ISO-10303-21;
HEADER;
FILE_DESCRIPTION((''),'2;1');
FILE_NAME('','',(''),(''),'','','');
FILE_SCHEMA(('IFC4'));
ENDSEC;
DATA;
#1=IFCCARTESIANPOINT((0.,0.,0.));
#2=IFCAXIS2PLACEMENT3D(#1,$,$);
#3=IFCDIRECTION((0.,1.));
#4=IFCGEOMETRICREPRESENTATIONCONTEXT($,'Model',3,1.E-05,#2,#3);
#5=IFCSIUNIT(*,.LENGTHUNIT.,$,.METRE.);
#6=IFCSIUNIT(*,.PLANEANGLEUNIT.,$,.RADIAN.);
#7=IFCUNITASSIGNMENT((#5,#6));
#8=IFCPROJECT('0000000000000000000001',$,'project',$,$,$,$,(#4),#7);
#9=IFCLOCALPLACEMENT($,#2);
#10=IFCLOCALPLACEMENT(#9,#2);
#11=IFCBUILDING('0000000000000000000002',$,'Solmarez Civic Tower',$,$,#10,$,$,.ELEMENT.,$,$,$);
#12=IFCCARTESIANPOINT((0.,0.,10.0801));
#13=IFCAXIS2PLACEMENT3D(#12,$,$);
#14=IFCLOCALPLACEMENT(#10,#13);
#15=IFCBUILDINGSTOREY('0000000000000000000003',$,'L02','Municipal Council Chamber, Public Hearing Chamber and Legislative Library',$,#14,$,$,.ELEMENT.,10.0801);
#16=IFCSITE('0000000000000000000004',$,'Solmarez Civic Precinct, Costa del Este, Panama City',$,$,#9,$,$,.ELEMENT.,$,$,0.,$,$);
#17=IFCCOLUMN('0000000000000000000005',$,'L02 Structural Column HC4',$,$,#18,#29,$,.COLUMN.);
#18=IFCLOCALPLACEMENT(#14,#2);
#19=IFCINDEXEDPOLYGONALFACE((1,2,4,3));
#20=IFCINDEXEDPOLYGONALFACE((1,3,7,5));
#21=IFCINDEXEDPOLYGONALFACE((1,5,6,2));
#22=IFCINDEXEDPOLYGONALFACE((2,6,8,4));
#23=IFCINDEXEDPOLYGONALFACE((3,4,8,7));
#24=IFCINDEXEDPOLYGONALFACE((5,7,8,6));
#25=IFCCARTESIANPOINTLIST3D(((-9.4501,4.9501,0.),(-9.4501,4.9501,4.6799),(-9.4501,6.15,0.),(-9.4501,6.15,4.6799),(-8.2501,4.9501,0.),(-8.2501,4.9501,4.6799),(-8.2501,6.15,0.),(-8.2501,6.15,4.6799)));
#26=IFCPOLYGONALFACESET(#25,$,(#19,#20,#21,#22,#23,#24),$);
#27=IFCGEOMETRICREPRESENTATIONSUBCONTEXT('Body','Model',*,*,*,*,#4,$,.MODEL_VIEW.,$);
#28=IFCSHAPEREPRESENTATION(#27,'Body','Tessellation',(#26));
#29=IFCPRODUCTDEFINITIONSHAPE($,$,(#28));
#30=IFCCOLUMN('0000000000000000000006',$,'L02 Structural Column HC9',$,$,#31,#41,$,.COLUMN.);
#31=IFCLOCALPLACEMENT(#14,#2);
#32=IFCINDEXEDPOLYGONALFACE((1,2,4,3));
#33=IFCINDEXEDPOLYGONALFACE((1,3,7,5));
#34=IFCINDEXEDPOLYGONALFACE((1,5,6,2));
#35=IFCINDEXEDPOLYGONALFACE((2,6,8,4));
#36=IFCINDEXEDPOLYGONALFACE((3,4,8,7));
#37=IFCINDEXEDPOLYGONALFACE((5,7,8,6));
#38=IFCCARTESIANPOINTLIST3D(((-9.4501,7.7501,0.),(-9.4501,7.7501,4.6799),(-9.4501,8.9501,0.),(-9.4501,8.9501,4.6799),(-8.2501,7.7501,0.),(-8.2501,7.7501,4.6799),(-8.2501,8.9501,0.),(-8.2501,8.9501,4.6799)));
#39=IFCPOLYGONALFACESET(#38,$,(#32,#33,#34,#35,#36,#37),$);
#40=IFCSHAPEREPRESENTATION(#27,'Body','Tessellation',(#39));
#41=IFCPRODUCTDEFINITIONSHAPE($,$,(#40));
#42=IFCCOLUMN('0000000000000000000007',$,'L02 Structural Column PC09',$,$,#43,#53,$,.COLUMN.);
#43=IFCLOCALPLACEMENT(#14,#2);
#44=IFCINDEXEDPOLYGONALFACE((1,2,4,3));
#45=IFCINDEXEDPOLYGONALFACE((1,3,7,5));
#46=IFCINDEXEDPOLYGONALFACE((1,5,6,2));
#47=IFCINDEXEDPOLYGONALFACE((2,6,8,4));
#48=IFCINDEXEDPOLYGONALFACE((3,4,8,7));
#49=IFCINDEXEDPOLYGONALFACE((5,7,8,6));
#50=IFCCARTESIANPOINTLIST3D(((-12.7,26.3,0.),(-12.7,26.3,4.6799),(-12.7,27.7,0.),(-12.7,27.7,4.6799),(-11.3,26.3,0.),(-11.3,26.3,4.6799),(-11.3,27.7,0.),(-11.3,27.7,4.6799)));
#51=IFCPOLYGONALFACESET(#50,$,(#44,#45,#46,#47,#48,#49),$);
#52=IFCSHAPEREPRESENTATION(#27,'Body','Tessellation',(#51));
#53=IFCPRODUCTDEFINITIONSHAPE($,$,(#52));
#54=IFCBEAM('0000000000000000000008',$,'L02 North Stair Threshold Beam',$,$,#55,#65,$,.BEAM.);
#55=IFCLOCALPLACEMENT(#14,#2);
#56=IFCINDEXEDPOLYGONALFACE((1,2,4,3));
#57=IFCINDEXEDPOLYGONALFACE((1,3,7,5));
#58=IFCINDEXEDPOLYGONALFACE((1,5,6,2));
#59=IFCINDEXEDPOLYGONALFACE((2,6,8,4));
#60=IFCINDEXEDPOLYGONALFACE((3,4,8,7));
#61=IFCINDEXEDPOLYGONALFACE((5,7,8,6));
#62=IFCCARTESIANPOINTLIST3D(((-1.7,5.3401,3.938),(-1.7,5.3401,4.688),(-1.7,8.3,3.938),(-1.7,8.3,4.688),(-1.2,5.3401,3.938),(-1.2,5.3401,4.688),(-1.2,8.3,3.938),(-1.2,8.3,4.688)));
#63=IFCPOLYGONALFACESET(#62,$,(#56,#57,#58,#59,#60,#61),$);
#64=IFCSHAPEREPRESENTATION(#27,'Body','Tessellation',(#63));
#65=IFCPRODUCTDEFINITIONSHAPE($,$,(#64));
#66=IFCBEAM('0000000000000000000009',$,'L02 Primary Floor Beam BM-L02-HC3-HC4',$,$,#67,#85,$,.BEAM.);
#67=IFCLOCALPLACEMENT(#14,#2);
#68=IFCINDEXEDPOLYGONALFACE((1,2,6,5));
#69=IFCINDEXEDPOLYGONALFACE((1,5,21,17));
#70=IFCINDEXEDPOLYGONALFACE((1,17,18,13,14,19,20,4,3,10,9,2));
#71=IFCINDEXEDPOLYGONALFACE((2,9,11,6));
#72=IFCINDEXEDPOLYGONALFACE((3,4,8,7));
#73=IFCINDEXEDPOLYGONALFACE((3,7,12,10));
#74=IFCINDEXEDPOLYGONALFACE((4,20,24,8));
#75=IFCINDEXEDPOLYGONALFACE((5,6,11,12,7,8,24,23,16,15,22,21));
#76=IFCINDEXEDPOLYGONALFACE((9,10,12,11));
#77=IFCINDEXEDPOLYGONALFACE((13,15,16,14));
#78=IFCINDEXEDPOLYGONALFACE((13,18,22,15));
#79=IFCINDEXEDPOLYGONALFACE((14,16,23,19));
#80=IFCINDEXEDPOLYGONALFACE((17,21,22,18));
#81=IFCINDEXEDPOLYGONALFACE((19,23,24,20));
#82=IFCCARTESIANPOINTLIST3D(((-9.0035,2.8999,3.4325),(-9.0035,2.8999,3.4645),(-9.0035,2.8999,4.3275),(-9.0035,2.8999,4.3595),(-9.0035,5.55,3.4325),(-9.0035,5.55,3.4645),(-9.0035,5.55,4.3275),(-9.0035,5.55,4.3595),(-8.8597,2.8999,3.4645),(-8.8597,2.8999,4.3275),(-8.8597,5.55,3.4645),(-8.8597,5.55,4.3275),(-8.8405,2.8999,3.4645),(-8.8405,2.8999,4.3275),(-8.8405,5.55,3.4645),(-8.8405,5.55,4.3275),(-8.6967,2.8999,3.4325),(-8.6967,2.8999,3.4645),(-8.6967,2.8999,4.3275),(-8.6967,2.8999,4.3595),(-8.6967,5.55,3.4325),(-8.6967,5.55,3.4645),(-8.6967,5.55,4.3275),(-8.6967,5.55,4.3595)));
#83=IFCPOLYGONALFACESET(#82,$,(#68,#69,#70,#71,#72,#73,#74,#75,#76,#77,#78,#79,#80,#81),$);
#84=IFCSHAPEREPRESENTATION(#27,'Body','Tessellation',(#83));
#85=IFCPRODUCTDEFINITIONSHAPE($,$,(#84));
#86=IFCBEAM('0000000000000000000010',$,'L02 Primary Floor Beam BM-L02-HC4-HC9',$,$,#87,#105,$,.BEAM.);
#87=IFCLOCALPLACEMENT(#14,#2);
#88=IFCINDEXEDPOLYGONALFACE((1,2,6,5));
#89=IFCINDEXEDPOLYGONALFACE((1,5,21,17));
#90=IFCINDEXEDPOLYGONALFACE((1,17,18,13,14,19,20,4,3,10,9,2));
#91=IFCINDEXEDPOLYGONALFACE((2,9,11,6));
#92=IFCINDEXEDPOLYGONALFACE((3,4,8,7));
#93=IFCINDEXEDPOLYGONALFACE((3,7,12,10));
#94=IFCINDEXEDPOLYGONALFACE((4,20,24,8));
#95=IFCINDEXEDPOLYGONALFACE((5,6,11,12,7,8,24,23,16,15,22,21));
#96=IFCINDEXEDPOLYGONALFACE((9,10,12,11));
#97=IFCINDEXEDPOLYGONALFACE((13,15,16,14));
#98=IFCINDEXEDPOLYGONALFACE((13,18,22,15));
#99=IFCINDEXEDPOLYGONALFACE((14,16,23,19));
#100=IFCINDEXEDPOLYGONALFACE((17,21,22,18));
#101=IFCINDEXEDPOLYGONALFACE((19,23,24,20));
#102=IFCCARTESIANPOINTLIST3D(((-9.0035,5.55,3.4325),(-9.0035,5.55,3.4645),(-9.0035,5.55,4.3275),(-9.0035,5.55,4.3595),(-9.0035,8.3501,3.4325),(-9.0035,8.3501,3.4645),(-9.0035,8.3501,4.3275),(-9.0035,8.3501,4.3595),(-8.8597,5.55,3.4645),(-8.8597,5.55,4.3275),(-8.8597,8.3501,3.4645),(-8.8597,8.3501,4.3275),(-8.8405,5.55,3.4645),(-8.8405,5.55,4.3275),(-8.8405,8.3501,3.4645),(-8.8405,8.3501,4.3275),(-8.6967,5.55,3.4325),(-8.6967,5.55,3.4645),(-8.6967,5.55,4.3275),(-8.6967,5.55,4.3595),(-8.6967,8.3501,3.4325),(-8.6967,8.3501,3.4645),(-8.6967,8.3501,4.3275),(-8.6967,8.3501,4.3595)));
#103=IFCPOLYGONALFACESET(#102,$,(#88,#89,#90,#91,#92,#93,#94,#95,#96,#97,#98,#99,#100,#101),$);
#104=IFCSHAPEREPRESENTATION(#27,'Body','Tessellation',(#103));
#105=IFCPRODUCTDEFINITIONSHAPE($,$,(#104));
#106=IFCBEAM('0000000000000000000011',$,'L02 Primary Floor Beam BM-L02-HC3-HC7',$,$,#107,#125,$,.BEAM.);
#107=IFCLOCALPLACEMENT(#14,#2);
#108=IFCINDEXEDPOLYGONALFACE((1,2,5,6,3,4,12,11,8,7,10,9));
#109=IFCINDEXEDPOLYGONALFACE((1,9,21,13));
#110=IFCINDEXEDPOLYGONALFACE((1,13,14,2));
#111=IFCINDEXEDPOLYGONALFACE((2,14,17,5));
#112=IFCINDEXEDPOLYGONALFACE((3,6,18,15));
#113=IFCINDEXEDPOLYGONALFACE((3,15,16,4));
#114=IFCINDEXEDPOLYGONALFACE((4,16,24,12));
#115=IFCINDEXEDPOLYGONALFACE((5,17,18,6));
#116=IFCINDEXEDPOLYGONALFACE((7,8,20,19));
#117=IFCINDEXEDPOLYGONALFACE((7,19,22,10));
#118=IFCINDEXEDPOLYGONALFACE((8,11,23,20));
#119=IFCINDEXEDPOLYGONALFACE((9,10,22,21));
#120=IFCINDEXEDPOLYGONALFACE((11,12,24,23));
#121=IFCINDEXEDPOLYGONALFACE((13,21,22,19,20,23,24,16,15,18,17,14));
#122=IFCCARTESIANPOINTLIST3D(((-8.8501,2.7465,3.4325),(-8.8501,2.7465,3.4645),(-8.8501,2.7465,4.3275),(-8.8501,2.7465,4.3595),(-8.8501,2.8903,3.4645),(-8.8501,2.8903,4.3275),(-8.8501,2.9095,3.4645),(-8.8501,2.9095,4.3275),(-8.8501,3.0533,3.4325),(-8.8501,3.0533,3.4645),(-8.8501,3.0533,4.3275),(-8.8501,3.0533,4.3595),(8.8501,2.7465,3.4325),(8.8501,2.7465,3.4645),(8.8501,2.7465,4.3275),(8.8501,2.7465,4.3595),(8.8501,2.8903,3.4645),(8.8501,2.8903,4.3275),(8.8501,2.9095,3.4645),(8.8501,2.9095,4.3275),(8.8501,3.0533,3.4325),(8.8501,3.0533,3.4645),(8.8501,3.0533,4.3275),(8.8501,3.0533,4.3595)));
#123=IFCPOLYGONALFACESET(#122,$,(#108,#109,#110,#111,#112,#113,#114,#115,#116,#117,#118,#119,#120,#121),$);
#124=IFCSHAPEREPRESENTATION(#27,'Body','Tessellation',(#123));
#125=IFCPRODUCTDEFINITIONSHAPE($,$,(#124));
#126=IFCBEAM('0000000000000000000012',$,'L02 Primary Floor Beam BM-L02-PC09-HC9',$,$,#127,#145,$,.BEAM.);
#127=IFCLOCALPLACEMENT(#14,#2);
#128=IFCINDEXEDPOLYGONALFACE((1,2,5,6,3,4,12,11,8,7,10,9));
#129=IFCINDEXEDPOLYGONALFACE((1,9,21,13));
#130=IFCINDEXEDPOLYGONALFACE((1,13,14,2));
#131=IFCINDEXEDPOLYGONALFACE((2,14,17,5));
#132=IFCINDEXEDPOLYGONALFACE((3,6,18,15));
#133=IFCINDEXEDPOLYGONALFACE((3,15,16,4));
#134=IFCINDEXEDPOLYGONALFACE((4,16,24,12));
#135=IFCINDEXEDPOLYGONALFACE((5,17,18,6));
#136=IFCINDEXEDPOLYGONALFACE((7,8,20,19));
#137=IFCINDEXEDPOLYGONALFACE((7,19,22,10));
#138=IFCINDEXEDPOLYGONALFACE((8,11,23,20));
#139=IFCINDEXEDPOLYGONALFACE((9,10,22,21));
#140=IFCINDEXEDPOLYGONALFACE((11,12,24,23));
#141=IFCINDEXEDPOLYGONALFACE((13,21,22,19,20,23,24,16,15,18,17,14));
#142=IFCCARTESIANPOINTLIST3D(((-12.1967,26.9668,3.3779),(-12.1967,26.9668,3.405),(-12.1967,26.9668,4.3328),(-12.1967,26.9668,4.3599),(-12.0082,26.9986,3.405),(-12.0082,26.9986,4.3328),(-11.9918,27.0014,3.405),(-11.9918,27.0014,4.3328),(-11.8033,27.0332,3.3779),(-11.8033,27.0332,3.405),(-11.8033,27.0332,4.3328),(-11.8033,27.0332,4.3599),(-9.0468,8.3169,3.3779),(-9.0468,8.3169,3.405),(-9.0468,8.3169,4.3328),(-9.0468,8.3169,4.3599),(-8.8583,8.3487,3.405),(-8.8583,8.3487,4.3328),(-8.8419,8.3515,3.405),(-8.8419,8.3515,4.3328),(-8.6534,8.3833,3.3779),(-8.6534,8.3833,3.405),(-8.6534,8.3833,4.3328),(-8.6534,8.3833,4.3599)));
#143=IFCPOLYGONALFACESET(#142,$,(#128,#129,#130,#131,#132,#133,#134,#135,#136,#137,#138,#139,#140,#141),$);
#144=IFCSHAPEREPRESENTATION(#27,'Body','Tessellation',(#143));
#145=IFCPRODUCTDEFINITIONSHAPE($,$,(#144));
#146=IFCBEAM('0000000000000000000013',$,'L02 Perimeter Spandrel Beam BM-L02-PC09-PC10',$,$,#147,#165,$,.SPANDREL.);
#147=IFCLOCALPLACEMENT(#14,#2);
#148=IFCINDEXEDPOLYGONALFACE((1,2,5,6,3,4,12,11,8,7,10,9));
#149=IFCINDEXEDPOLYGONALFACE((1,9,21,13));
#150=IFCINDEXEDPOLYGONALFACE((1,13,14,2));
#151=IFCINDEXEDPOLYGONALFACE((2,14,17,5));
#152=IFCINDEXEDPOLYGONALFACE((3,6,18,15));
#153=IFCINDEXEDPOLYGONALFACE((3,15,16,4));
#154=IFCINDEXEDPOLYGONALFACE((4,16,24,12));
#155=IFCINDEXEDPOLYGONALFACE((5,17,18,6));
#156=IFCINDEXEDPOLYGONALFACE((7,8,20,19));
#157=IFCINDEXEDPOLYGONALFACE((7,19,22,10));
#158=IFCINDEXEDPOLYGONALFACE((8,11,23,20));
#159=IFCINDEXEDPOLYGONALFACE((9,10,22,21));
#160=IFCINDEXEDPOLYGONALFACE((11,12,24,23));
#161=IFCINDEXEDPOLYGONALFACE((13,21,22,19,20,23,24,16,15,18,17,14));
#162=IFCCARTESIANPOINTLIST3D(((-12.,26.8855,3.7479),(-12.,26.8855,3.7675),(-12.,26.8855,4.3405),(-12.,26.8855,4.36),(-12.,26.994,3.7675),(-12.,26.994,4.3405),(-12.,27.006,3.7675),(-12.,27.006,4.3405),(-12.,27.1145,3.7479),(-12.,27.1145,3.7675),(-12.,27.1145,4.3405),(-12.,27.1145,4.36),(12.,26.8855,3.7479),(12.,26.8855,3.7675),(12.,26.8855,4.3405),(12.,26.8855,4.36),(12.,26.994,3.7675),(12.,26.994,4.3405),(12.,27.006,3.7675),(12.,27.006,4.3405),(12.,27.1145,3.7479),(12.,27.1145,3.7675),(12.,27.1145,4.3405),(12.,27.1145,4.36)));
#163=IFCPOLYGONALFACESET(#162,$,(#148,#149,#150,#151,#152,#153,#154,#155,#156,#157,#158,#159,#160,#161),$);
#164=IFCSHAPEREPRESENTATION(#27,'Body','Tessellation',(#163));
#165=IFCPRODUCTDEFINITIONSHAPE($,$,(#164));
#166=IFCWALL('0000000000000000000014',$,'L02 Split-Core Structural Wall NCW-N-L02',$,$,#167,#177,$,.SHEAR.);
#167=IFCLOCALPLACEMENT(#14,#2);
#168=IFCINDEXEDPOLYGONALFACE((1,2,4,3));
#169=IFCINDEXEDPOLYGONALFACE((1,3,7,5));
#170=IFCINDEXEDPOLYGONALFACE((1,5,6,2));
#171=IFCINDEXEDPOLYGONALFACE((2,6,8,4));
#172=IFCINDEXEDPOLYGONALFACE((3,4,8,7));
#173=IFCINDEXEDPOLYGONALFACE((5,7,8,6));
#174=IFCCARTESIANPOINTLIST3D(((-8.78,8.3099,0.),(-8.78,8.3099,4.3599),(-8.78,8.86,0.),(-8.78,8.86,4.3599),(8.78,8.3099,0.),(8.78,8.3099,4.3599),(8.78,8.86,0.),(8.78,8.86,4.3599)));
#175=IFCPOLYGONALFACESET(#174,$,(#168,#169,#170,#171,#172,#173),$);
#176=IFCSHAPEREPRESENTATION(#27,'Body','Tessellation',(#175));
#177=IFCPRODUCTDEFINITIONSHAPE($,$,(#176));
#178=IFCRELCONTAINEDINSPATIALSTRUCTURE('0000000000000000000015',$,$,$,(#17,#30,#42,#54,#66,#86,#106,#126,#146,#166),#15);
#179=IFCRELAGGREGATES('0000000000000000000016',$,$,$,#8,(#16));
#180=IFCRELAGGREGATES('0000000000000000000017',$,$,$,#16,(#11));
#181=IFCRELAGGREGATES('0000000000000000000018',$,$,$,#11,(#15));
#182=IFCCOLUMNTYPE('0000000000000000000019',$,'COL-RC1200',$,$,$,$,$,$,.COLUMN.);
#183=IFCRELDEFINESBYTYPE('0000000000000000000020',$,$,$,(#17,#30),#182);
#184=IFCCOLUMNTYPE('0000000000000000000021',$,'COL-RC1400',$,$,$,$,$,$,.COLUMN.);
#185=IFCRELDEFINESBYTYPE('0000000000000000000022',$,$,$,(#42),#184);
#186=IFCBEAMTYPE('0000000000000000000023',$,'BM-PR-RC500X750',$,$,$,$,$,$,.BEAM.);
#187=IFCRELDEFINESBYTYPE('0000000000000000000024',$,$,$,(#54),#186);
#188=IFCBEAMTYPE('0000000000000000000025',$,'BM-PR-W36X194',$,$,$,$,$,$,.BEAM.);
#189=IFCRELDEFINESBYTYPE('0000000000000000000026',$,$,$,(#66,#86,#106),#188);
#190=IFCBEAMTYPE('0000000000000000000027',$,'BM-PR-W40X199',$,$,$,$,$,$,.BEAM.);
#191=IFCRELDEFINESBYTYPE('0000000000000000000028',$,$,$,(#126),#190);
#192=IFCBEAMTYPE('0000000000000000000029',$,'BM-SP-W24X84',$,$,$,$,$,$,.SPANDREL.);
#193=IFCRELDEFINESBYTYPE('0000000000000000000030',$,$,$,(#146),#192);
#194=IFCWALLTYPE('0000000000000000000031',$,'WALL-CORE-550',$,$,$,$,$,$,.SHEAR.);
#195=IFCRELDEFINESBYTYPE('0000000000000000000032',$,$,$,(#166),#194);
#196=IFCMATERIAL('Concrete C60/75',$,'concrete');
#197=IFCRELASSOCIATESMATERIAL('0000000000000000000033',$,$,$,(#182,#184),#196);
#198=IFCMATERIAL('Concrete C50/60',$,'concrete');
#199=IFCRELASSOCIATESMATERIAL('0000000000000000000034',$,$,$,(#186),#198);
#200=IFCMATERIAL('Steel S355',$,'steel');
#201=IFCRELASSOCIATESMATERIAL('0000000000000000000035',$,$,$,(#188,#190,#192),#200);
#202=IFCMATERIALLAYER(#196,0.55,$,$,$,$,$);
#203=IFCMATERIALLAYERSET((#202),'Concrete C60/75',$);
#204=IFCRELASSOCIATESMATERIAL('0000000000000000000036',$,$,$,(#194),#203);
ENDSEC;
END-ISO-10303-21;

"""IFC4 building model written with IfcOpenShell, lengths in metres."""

from ifc_helpers import new_model, si_unit, direction, frame, frame_2d, origin, origin_2d, place, context, subcontext, project, spatial, rectangle, i_section, extrude, material, layer, layer_set, material_profile, profile_set, type_object, element, save


model = new_model("IFC4")

# Units and contexts
model_context = context("Model", 3, precision=1e-05, world=origin(), true_north=direction((0.0, 1.0)))
body_context = subcontext(model_context, "Body", "Model", "MODEL_VIEW")
ifc_project = project(units=[si_unit("LENGTHUNIT", "METRE"), si_unit("PLANEANGLEUNIT", "RADIAN")], contexts=[model_context])

# Site, building, storey
site_placement = place(None, origin())
site = spatial("IfcSite", under=ifc_project, at=site_placement, Name="Solmarez Civic Precinct, Costa del Este, Panama City", CompositionType="ELEMENT", RefElevation=0.0)
building_placement = place(site_placement, origin())
building = spatial("IfcBuilding", under=site, at=building_placement, Name="Solmarez Civic Tower", CompositionType="ELEMENT")
storey_placement = place(building_placement, frame((0.0, 0.0, 10.0801)))
storey = spatial("IfcBuildingStorey", under=building, at=storey_placement, Name="L02", Description="Municipal Council Chamber, Public Hearing Chamber and Legislative Library", CompositionType="ELEMENT", Elevation=10.0801)

# Columns
ifc_material_1 = material(Name="Concrete C60/75", Category="concrete")
ifc_material_profile_1 = material_profile(ifc_material_1, rectangle(XDim=1.2, YDim=1.2, at=origin_2d()), Name="RC1200X1200")
ifc_profile_set_1 = profile_set([ifc_material_profile_1], Name="Concrete C60/75")
column_type_1 = type_object("IfcColumnType", Name="COL-RC1200", PredefinedType="COLUMN", material=ifc_profile_set_1)
for number, where, z_axis, x_axis, name in (
    (1, (-8.8501, 5.55, 0.0), (0.0, 0.0, 1.0), (1.0, 0.0, 0.0), "L02 Structural Column HC4"),
    (2, (-8.8501, 8.3501, 0.0), (0.0, 0.0, 1.0), (1.0, 0.0, 0.0), "L02 Structural Column HC9"),
):
    element("IfcColumn", number, at=place(storey_placement, frame(where, z_axis=z_axis, x_axis=x_axis)), inside=storey, type_object=column_type_1, Name=name, PredefinedType="COLUMN", context=body_context, shape_type="SweptSolid", body=[
        extrude(rectangle(XDim=1.2, YDim=1.2, at=origin_2d()), origin(), (0.0, 0.0, 1.0), 4.6799),
    ])
ifc_material_profile_2 = material_profile(ifc_material_1, rectangle(XDim=1.3999, YDim=1.3999, at=origin_2d()), Name="RC1400X1400")
ifc_profile_set_2 = profile_set([ifc_material_profile_2], Name="Concrete C60/75")
column_type_2 = type_object("IfcColumnType", Name="COL-RC1400", PredefinedType="COLUMN", material=ifc_profile_set_2)
column_placement = place(storey_placement, frame((-12.0, 27.0, 0.0), z_axis=(0.0, 0.0, 1.0), x_axis=(1.0, 0.0, 0.0)))
element("IfcColumn", 3, at=column_placement, inside=storey, type_object=column_type_2, Name="L02 Structural Column PC09", PredefinedType="COLUMN", context=body_context, shape_type="SweptSolid", body=[
    extrude(rectangle(XDim=1.3999, YDim=1.3999, at=origin_2d()), origin(), (0.0, 0.0, 1.0), 4.6799),
])

# Beams
ifc_material_2 = material(Name="Concrete C50/60", Category="concrete")
ifc_material_profile_3 = material_profile(ifc_material_2, rectangle(XDim=0.5, YDim=0.75, at=origin_2d()), Name="RC500X750")
ifc_profile_set_3 = profile_set([ifc_material_profile_3], Name="Concrete C50/60")
beam_type_1 = type_object("IfcBeamType", Name="BM-PR-RC500X750", PredefinedType="BEAM", material=ifc_profile_set_3)
beam_1_placement = place(storey_placement, frame((-1.45, 5.3401, 4.313), z_axis=(0.0, 1.0, 0.0), x_axis=(-1.0, 0.0, 0.0)))
element("IfcBeam", 4, at=beam_1_placement, inside=storey, type_object=beam_type_1, Name="L02 North Stair Threshold Beam", PredefinedType="BEAM", context=body_context, shape_type="SweptSolid", body=[
    extrude(rectangle(XDim=0.5, YDim=0.75, at=origin_2d()), origin(), (0.0, 0.0, 1.0), 2.96),
])
ifc_material_3 = material(Name="Steel S355", Category="steel")
ifc_material_profile_4 = material_profile(ifc_material_3, i_section(OverallWidth=0.3069, OverallDepth=0.927, WebThickness=0.0193, FlangeThickness=0.032, at=origin_2d()), Name="W36X194")
ifc_profile_set_4 = profile_set([ifc_material_profile_4], Name="Steel S355")
beam_type_2 = type_object("IfcBeamType", Name="BM-PR-W36X194", PredefinedType="BEAM", material=ifc_profile_set_4)
beam_2_placement = place(storey_placement, frame((-8.8501, 2.8999, 3.896), z_axis=(0.0, 1.0, 0.0), x_axis=(-1.0, 0.0, 0.0)))
element("IfcBeam", 5, at=beam_2_placement, inside=storey, type_object=beam_type_2, Name="L02 Primary Floor Beam BM-L02-HC3-HC4", PredefinedType="BEAM", context=body_context, shape_type="SweptSolid", body=[
    extrude(i_section(OverallWidth=0.3069, OverallDepth=0.927, WebThickness=0.0193, FlangeThickness=0.032, at=origin_2d()), origin(), (0.0, 0.0, 1.0), 2.6501),
])
beam_3_placement = place(storey_placement, frame((-8.8501, 5.55, 3.896), z_axis=(0.0, 1.0, 0.0), x_axis=(-1.0, 0.0, 0.0)))
element("IfcBeam", 6, at=beam_3_placement, inside=storey, type_object=beam_type_2, Name="L02 Primary Floor Beam BM-L02-HC4-HC9", PredefinedType="BEAM", context=body_context, shape_type="SweptSolid", body=[
    extrude(i_section(OverallWidth=0.3069, OverallDepth=0.927, WebThickness=0.0193, FlangeThickness=0.032, at=origin_2d()), origin(), (0.0, 0.0, 1.0), 2.8),
])
beam_4_placement = place(storey_placement, frame((-8.8501, 2.8999, 3.896), z_axis=(1.0, 0.0, 0.0), x_axis=(0.0, 1.0, 0.0)))
element("IfcBeam", 7, at=beam_4_placement, inside=storey, type_object=beam_type_2, Name="L02 Primary Floor Beam BM-L02-HC3-HC7", PredefinedType="BEAM", context=body_context, shape_type="SweptSolid", body=[
    extrude(i_section(OverallWidth=0.3069, OverallDepth=0.927, WebThickness=0.0193, FlangeThickness=0.032, at=origin_2d()), origin(), (0.0, 0.0, 1.0), 17.7002),
])
ifc_material_profile_5 = material_profile(ifc_material_3, i_section(OverallWidth=0.3989, OverallDepth=0.9819, WebThickness=0.0166, FlangeThickness=0.0271, at=origin_2d()), Name="W40X199")
ifc_profile_set_5 = profile_set([ifc_material_profile_5], Name="Steel S355")
beam_type_3 = type_object("IfcBeamType", Name="BM-PR-W40X199", PredefinedType="BEAM", material=ifc_profile_set_5)
beam_5_placement = place(storey_placement, frame((-12.0, 27.0, 3.8689), z_axis=(0.166538, -0.986035, 0.0), x_axis=(0.986035, 0.166538, 0.0)))
element("IfcBeam", 8, at=beam_5_placement, inside=storey, type_object=beam_type_3, Name="L02 Primary Floor Beam BM-L02-PC09-HC9", PredefinedType="BEAM", context=body_context, shape_type="SweptSolid", body=[
    extrude(i_section(OverallWidth=0.3989, OverallDepth=0.9819, WebThickness=0.0166, FlangeThickness=0.0271, at=origin_2d()), origin(), (0.0, 0.0, 1.0), 18.9141),
])
ifc_material_profile_6 = material_profile(ifc_material_3, i_section(OverallWidth=0.229, OverallDepth=0.6121, WebThickness=0.012, FlangeThickness=0.0195, at=origin_2d()), Name="W24X84")
ifc_profile_set_6 = profile_set([ifc_material_profile_6], Name="Steel S355")
beam_type_4 = type_object("IfcBeamType", Name="BM-SP-W24X84", PredefinedType="SPANDREL", material=ifc_profile_set_6)
beam_6_placement = place(storey_placement, frame((-12.0, 27.0, 4.054), z_axis=(1.0, 0.0, 0.0), x_axis=(0.0, 1.0, 0.0)))
element("IfcBeam", 9, at=beam_6_placement, inside=storey, type_object=beam_type_4, Name="L02 Perimeter Spandrel Beam BM-L02-PC09-PC10", PredefinedType="SPANDREL", context=body_context, shape_type="SweptSolid", body=[
    extrude(i_section(OverallWidth=0.229, OverallDepth=0.6121, WebThickness=0.012, FlangeThickness=0.0195, at=origin_2d()), origin(), (0.0, 0.0, 1.0), 24.0),
])

# Wall
ifc_layer_1 = layer(ifc_material_1, 0.55)
ifc_layer_set_1 = layer_set([ifc_layer_1], Name="Concrete C60/75")
wall_type_1 = type_object("IfcWallType", Name="WALL-CORE-550", PredefinedType="SHEAR", material=ifc_layer_set_1)
wall_1_placement = place(storey_placement, frame((-8.78, 8.585, 0.0), z_axis=(0.0, 0.0, 1.0), x_axis=(1.0, 0.0, 0.0)))
element("IfcWall", 10, at=wall_1_placement, inside=storey, type_object=wall_type_1, Name="L02 Split-Core Structural Wall NCW-N-L02", PredefinedType="SHEAR", context=body_context, shape_type="SweptSolid", body=[
    extrude(rectangle(XDim=17.5601, YDim=0.55, at=frame_2d((8.78, 0.0))), origin(), (0.0, 0.0, 1.0), 4.3599),
])

save(model, "model.ifc")
